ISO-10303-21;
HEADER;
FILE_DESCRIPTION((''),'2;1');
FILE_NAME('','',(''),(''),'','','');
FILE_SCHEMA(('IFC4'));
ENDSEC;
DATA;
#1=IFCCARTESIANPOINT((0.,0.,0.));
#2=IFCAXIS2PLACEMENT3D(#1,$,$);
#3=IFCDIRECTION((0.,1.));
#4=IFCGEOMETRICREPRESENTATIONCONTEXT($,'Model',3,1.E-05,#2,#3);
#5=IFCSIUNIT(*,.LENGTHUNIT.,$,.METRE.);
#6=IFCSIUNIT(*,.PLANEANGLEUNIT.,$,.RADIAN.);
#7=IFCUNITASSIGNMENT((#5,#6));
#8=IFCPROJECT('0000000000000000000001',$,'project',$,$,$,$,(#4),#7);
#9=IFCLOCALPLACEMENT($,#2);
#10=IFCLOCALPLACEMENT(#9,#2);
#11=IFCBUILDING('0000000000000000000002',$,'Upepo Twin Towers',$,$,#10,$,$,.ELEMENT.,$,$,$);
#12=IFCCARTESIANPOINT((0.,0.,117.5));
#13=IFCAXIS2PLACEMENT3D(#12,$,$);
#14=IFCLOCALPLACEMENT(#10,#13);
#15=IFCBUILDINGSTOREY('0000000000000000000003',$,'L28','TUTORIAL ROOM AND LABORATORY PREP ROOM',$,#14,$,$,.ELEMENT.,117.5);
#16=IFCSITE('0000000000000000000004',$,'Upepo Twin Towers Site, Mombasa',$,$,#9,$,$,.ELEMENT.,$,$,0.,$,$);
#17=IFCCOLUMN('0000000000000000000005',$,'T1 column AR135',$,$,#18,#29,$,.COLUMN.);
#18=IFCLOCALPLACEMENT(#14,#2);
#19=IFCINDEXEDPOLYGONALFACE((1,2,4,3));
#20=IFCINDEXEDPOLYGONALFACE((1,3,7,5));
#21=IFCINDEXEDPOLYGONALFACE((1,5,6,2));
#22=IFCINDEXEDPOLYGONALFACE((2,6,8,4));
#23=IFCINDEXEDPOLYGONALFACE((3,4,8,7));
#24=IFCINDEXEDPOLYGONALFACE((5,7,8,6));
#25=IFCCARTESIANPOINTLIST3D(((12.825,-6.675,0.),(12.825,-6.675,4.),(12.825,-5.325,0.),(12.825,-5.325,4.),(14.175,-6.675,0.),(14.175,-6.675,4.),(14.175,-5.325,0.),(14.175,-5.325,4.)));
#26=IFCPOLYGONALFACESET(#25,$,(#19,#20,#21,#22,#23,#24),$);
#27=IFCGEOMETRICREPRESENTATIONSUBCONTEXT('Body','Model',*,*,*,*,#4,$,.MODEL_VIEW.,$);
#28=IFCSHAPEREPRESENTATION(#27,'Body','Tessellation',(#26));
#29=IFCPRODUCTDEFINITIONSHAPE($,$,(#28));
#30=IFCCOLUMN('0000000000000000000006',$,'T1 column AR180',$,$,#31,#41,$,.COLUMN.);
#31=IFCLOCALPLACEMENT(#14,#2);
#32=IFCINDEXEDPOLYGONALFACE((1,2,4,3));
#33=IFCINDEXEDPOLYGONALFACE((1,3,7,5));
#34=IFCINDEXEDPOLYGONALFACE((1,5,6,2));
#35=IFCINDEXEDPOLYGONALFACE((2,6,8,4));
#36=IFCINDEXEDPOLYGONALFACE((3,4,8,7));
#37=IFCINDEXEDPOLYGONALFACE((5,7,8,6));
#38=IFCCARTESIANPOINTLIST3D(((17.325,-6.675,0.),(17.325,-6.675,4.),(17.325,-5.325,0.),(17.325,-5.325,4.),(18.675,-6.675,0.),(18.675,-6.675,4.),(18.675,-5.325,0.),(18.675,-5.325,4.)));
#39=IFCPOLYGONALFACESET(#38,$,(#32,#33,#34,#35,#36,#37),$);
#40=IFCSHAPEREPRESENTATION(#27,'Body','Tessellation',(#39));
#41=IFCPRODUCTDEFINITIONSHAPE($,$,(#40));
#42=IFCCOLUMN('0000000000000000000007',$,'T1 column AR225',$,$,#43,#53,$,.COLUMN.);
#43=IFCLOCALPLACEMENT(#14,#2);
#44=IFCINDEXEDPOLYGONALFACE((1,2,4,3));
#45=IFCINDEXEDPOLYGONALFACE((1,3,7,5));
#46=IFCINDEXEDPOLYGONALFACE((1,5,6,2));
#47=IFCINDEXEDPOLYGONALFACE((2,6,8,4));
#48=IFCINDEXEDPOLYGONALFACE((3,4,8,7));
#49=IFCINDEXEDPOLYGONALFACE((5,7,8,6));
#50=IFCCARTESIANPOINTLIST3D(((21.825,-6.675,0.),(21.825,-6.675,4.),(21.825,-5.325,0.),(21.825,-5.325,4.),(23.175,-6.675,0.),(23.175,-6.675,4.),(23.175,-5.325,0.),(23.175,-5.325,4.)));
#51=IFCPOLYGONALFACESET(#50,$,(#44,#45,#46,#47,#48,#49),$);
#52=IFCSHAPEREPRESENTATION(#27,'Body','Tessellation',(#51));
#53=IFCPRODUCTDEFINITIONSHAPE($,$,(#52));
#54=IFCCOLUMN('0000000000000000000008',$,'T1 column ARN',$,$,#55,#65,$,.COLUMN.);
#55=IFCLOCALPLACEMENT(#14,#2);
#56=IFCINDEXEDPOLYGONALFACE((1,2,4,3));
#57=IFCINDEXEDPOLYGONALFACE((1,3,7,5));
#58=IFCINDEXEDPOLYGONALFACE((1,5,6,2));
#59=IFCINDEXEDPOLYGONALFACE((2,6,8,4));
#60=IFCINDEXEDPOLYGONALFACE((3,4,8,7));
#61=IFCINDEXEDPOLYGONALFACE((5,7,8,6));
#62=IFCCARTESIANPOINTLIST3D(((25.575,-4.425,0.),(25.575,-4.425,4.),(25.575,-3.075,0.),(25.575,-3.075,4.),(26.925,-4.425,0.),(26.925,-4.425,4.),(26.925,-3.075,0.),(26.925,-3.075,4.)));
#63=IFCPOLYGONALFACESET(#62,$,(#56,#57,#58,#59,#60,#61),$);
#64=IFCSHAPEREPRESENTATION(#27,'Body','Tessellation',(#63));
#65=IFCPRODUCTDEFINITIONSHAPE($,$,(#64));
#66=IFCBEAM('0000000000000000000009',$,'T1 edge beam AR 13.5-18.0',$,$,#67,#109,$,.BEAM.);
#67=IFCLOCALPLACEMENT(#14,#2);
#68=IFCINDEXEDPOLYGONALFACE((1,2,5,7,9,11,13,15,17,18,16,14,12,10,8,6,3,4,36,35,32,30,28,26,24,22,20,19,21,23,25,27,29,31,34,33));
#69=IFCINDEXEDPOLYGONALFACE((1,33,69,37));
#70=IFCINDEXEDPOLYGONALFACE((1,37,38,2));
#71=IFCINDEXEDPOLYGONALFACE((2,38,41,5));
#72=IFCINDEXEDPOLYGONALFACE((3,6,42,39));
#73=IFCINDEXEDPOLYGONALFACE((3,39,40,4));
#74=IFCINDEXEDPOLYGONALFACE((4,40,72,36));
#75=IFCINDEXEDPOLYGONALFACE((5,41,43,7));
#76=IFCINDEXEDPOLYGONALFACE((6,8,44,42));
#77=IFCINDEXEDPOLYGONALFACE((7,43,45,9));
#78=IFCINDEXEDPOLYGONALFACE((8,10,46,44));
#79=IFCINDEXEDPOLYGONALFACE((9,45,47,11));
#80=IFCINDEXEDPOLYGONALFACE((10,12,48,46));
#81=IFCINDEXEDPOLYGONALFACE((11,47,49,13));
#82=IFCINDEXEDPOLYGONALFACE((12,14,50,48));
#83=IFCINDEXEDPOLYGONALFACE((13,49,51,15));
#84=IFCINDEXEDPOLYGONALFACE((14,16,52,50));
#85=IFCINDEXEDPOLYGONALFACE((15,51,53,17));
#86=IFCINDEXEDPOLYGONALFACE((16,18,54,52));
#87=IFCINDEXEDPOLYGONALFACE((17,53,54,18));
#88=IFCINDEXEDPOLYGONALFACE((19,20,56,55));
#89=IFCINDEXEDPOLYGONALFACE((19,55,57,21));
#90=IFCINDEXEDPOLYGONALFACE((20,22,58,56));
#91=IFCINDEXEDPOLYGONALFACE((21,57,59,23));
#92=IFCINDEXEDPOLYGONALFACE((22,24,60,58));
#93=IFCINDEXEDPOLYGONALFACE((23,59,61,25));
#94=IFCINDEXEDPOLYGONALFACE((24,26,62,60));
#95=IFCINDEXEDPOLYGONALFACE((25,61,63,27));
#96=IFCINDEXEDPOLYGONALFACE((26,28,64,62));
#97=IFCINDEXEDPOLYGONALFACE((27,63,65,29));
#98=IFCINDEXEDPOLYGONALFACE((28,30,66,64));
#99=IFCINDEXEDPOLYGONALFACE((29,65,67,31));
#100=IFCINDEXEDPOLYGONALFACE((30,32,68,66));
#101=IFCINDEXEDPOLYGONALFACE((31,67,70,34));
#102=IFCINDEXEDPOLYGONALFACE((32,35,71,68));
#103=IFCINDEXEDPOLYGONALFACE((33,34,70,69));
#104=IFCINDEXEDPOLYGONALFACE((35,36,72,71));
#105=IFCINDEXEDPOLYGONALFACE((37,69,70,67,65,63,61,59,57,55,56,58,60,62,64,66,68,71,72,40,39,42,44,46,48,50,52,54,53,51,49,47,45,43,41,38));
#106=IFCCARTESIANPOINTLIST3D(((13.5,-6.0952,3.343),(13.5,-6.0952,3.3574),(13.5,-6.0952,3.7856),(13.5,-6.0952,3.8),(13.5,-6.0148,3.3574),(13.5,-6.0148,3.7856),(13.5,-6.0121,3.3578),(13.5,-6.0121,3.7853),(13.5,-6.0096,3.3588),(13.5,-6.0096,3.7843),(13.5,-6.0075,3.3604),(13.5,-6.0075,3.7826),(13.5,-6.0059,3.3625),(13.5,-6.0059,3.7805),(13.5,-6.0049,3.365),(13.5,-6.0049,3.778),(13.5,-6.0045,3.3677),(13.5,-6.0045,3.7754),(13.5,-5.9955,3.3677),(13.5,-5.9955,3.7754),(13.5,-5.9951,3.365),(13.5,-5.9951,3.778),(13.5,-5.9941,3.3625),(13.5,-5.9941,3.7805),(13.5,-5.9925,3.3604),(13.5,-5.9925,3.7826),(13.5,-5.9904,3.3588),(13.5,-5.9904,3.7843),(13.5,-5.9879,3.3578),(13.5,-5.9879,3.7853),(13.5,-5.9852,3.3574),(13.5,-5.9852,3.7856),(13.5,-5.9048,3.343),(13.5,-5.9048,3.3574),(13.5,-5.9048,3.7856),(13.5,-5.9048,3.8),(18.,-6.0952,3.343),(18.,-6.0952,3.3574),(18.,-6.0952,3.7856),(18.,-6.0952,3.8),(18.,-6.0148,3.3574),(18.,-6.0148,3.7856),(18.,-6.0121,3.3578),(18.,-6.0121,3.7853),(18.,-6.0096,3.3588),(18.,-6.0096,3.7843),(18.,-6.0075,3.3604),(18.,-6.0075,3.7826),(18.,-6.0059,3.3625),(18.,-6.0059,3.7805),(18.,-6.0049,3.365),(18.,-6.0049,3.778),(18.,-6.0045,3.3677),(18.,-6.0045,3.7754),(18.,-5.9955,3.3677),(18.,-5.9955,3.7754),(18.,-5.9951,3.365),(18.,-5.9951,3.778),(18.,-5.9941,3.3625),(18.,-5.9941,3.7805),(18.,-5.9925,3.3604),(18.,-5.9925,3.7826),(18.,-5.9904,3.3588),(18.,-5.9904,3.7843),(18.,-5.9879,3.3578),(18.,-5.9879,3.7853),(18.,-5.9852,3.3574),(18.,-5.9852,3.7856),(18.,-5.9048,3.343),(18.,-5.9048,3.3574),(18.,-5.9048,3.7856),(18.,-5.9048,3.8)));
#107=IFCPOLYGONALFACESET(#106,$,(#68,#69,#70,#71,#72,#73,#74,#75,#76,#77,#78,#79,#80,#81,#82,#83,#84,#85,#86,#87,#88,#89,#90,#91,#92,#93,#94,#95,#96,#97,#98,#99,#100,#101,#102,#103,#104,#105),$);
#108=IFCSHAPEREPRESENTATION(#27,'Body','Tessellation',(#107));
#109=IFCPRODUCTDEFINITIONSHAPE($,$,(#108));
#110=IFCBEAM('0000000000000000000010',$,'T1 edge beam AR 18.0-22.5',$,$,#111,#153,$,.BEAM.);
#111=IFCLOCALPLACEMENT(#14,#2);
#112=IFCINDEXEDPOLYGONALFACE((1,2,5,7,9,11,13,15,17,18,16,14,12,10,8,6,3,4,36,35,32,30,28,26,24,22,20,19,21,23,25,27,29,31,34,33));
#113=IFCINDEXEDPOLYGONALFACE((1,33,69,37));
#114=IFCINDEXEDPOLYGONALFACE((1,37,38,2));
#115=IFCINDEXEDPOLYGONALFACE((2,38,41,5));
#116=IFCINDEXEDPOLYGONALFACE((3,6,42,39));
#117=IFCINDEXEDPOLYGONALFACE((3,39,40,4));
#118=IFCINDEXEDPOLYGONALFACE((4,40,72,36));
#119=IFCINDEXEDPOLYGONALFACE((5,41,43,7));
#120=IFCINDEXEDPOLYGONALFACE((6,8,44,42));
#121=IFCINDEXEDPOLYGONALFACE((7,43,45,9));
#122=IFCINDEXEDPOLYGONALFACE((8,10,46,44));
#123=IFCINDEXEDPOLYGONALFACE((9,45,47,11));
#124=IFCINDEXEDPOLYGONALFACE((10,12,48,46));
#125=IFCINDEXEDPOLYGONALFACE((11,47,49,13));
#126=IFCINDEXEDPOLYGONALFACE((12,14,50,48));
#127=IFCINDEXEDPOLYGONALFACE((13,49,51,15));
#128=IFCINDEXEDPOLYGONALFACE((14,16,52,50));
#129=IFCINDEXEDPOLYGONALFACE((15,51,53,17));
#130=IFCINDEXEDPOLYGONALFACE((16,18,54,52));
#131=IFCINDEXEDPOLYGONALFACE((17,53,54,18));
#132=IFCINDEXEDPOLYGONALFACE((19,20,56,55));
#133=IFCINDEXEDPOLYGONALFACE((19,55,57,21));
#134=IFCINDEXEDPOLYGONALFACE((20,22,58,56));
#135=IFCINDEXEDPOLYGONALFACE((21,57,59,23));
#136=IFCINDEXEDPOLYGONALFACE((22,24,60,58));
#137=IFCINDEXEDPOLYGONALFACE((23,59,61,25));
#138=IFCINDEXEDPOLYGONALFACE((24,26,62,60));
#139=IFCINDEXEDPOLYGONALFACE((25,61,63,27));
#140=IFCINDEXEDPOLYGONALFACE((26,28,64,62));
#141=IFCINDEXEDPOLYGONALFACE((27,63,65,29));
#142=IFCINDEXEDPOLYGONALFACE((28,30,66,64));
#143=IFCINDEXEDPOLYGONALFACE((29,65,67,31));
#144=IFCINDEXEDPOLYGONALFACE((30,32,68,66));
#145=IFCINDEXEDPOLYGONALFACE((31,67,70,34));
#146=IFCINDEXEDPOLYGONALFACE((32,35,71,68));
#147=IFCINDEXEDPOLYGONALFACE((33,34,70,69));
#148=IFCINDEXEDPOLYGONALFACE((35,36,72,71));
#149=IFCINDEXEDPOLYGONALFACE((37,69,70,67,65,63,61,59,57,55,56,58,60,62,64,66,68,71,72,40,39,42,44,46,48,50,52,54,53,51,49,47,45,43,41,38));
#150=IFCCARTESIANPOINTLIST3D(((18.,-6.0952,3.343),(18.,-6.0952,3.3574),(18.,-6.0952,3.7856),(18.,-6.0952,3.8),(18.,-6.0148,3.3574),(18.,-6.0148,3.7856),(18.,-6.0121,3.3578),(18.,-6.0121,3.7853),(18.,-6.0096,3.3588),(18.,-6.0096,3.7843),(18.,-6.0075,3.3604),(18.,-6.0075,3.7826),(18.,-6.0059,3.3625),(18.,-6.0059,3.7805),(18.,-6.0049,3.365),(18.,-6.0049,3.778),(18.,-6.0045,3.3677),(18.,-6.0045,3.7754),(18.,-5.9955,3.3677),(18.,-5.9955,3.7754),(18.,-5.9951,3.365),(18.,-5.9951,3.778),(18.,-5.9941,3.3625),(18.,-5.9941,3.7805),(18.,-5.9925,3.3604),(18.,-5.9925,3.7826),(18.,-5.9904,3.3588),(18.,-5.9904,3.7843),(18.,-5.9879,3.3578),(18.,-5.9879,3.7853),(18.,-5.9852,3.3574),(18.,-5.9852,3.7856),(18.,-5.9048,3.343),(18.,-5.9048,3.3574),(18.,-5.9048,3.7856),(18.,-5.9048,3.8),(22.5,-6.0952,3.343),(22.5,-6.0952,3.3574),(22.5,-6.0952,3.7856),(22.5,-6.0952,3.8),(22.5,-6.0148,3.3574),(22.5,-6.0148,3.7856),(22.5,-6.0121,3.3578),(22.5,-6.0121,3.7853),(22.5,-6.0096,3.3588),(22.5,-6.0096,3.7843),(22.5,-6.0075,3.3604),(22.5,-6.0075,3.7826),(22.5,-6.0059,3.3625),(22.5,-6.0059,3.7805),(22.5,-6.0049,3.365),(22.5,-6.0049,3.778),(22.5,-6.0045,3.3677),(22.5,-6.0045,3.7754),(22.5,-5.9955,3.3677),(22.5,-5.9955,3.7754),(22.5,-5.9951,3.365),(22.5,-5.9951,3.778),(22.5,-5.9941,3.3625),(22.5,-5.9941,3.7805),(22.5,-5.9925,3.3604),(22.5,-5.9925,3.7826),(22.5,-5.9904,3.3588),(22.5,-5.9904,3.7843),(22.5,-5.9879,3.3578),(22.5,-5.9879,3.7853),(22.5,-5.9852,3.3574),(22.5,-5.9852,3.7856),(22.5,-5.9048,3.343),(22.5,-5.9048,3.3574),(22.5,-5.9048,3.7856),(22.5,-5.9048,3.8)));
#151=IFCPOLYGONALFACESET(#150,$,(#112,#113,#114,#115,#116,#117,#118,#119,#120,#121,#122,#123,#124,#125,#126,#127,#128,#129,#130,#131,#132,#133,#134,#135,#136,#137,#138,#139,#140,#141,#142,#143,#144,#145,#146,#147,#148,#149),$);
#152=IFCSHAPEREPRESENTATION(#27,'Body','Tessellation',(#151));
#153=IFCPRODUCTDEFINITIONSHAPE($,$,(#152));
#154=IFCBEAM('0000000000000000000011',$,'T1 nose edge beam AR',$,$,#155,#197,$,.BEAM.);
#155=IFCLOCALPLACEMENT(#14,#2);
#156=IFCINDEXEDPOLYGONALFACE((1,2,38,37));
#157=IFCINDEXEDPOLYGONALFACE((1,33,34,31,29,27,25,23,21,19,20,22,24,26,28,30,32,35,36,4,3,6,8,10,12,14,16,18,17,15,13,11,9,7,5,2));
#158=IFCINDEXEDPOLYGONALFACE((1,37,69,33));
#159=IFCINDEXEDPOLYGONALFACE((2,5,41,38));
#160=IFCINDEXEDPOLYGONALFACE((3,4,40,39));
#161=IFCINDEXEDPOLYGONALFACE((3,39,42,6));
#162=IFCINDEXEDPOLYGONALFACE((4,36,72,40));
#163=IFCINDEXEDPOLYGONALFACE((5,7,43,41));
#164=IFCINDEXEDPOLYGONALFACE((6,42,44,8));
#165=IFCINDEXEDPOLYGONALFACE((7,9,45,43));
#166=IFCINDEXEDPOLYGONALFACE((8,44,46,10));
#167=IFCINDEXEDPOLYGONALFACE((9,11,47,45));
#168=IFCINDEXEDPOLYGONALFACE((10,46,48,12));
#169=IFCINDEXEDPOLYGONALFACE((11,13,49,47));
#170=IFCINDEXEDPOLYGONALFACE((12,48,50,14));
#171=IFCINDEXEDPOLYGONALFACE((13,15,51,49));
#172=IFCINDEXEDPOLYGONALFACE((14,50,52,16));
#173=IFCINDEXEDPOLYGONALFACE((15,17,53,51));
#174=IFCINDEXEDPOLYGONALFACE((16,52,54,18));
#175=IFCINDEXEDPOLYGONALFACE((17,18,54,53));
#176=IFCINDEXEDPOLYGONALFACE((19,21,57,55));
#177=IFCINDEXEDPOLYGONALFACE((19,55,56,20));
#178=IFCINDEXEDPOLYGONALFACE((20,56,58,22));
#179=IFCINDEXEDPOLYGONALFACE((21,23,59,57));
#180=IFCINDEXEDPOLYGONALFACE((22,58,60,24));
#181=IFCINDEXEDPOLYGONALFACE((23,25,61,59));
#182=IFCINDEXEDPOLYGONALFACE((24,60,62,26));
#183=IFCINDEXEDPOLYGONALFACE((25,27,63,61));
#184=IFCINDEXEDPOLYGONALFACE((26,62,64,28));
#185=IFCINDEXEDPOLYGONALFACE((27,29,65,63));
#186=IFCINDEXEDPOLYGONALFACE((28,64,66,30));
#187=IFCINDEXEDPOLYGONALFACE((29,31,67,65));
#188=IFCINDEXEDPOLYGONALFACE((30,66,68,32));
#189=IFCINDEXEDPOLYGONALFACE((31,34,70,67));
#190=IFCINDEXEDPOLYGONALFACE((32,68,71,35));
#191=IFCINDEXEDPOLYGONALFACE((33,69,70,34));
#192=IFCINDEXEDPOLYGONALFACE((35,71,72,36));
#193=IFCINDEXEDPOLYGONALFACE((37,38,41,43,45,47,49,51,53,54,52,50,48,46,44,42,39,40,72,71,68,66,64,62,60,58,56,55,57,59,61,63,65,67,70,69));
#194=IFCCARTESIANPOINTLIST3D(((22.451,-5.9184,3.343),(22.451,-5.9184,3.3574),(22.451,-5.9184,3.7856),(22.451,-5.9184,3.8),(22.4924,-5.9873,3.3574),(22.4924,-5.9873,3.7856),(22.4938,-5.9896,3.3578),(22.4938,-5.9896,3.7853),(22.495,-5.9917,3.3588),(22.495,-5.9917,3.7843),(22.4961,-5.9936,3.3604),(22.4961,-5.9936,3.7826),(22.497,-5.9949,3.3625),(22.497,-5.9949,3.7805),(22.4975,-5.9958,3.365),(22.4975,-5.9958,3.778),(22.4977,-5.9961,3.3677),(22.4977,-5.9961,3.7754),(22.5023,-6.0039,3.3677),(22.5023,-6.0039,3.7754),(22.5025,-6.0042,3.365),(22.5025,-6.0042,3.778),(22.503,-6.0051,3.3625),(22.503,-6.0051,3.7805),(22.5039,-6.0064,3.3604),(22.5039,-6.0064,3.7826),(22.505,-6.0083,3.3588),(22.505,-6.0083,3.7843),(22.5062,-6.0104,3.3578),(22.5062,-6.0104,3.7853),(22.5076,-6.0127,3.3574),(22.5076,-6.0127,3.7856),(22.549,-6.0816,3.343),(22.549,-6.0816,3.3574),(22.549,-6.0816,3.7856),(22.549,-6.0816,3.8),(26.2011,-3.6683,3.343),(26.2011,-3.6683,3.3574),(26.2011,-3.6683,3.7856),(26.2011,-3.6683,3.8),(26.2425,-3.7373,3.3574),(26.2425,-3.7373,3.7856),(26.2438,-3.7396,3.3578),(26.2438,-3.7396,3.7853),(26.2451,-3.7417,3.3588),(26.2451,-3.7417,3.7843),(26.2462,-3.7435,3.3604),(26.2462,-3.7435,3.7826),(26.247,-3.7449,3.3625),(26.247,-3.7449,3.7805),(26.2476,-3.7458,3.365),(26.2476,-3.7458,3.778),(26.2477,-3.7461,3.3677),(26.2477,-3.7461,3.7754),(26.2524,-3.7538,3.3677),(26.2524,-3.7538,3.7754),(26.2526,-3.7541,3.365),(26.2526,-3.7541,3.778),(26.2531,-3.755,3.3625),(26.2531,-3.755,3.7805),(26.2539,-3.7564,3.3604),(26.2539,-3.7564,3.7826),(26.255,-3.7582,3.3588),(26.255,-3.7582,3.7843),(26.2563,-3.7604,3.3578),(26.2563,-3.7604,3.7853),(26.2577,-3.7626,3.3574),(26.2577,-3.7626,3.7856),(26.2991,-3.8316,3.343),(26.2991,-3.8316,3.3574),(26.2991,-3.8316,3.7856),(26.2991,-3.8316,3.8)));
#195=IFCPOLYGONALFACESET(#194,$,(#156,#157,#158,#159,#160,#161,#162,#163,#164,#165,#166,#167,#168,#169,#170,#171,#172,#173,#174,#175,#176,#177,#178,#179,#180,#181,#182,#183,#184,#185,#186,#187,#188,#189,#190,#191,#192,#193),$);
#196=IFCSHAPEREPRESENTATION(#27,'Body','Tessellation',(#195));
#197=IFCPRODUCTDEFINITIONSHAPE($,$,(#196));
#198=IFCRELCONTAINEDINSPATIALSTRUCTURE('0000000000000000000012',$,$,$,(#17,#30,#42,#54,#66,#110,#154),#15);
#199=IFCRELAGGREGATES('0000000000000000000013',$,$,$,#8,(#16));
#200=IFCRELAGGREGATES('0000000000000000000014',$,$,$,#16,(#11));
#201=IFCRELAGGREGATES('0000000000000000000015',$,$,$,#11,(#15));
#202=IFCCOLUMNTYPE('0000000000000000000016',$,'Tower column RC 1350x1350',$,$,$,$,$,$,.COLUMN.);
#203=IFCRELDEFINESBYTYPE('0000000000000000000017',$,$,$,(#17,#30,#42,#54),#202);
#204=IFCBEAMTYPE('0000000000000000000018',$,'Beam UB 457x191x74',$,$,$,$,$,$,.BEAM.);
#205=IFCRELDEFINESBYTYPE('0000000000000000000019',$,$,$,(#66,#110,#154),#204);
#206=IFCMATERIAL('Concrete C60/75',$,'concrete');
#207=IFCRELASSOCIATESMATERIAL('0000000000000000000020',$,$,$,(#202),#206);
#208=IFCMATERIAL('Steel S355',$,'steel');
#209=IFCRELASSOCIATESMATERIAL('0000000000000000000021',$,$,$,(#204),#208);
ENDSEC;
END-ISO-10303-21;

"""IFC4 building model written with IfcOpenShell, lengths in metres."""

from ifc_helpers import new_model, si_unit, direction, frame, origin, origin_2d, place, context, subcontext, project, spatial, rectangle, i_section, extrude, material, material_profile, profile_set, type_object, element, save


model = new_model("IFC4")

# Units and contexts
model_context = context("Model", 3, precision=1e-05, world=origin(), true_north=direction((0.0, 1.0)))
body_context = subcontext(model_context, "Body", "Model", "MODEL_VIEW")
ifc_project = project(units=[si_unit("LENGTHUNIT", "METRE"), si_unit("PLANEANGLEUNIT", "RADIAN")], contexts=[model_context])

# Site, building, storey
site_placement = place(None, origin())
site = spatial("IfcSite", under=ifc_project, at=site_placement, Name="Upepo Twin Towers Site, Mombasa", CompositionType="ELEMENT", RefElevation=0.0)
building_placement = place(site_placement, origin())
building = spatial("IfcBuilding", under=site, at=building_placement, Name="Upepo Twin Towers", CompositionType="ELEMENT")
storey_placement = place(building_placement, frame((0.0, 0.0, 117.5)))
storey = spatial("IfcBuildingStorey", under=building, at=storey_placement, Name="L28", Description="TUTORIAL ROOM AND LABORATORY PREP ROOM", CompositionType="ELEMENT", Elevation=117.5)

# Columns
ifc_material_1 = material(Name="Concrete C60/75", Category="concrete")
ifc_material_profile_1 = material_profile(ifc_material_1, rectangle(XDim=1.3501, YDim=1.3501, at=origin_2d()), Name="RC 1350x1350")
ifc_profile_set_1 = profile_set([ifc_material_profile_1], Name="Concrete C60/75")
column_type = type_object("IfcColumnType", Name="Tower column RC 1350x1350", PredefinedType="COLUMN", material=ifc_profile_set_1)
for number, where, z_axis, x_axis, name in (
    (1, (13.5, -6.0, 0.0), (0.0, 0.0, 1.0), (1.0, 0.0, 0.0), "T1 column AR135"),
    (2, (18.0, -6.0, 0.0), (0.0, 0.0, 1.0), (1.0, 0.0, 0.0), "T1 column AR180"),
    (3, (22.5, -6.0, 0.0), (0.0, 0.0, 1.0), (1.0, 0.0, 0.0), "T1 column AR225"),
    (4, (26.25, -3.75, 0.0), (0.0, 0.0, 1.0), (1.0, 0.0, 0.0), "T1 column ARN"),
):
    element("IfcColumn", number, at=place(storey_placement, frame(where, z_axis=z_axis, x_axis=x_axis)), inside=storey, type_object=column_type, Name=name, PredefinedType="COLUMN", context=body_context, shape_type="SweptSolid", body=[
        extrude(rectangle(XDim=1.3501, YDim=1.3501, at=origin_2d()), origin(), (0.0, 0.0, 1.0), 4.0),
    ])

# Beams
ifc_material_2 = material(Name="Steel S355", Category="steel")
ifc_material_profile_2 = material_profile(ifc_material_2, i_section(OverallWidth=0.1904, OverallDepth=0.457, WebThickness=0.009, FlangeThickness=0.0144, FilletRadius=0.0103, at=origin_2d()), Name="UB 457x191x74")
ifc_profile_set_2 = profile_set([ifc_material_profile_2], Name="Steel S355")
beam_type_1 = type_object("IfcBeamType", Name="Beam UB 457x191x74", PredefinedType="BEAM", material=ifc_profile_set_2)
for number, where, z_axis, x_axis, name in (
    (5, (13.5, -6.0, 3.5715), (1.0, 0.0, 0.0), (0.0, 1.0, 0.0), "T1 edge beam AR 13.5-18.0"),
    (6, (18.0, -6.0, 3.5715), (1.0, 0.0, 0.0), (0.0, 1.0, 0.0), "T1 edge beam AR 18.0-22.5"),
):
    element("IfcBeam", number, at=place(storey_placement, frame(where, z_axis=z_axis, x_axis=x_axis)), inside=storey, type_object=beam_type_1, Name=name, PredefinedType="BEAM", context=body_context, shape_type="SweptSolid", body=[
        extrude(i_section(OverallWidth=0.1904, OverallDepth=0.457, WebThickness=0.009, FlangeThickness=0.0144, FilletRadius=0.0103, at=origin_2d()), origin(), (0.0, 0.0, 1.0), 4.5),
    ])
beam_1_placement = place(storey_placement, frame((22.5, -6.0, 3.5715), z_axis=(0.857493, 0.514496, 0.0), x_axis=(-0.514496, 0.857493, 0.0)))
element("IfcBeam", 7, at=beam_1_placement, inside=storey, type_object=beam_type_1, Name="T1 nose edge beam AR", PredefinedType="BEAM", context=body_context, shape_type="SweptSolid", body=[
    extrude(i_section(OverallWidth=0.1904, OverallDepth=0.457, WebThickness=0.009, FlangeThickness=0.0144, FilletRadius=0.0103, at=origin_2d()), origin(), (0.0, 0.0, 1.0), 4.3733),
])

save(model, "model.ifc")
